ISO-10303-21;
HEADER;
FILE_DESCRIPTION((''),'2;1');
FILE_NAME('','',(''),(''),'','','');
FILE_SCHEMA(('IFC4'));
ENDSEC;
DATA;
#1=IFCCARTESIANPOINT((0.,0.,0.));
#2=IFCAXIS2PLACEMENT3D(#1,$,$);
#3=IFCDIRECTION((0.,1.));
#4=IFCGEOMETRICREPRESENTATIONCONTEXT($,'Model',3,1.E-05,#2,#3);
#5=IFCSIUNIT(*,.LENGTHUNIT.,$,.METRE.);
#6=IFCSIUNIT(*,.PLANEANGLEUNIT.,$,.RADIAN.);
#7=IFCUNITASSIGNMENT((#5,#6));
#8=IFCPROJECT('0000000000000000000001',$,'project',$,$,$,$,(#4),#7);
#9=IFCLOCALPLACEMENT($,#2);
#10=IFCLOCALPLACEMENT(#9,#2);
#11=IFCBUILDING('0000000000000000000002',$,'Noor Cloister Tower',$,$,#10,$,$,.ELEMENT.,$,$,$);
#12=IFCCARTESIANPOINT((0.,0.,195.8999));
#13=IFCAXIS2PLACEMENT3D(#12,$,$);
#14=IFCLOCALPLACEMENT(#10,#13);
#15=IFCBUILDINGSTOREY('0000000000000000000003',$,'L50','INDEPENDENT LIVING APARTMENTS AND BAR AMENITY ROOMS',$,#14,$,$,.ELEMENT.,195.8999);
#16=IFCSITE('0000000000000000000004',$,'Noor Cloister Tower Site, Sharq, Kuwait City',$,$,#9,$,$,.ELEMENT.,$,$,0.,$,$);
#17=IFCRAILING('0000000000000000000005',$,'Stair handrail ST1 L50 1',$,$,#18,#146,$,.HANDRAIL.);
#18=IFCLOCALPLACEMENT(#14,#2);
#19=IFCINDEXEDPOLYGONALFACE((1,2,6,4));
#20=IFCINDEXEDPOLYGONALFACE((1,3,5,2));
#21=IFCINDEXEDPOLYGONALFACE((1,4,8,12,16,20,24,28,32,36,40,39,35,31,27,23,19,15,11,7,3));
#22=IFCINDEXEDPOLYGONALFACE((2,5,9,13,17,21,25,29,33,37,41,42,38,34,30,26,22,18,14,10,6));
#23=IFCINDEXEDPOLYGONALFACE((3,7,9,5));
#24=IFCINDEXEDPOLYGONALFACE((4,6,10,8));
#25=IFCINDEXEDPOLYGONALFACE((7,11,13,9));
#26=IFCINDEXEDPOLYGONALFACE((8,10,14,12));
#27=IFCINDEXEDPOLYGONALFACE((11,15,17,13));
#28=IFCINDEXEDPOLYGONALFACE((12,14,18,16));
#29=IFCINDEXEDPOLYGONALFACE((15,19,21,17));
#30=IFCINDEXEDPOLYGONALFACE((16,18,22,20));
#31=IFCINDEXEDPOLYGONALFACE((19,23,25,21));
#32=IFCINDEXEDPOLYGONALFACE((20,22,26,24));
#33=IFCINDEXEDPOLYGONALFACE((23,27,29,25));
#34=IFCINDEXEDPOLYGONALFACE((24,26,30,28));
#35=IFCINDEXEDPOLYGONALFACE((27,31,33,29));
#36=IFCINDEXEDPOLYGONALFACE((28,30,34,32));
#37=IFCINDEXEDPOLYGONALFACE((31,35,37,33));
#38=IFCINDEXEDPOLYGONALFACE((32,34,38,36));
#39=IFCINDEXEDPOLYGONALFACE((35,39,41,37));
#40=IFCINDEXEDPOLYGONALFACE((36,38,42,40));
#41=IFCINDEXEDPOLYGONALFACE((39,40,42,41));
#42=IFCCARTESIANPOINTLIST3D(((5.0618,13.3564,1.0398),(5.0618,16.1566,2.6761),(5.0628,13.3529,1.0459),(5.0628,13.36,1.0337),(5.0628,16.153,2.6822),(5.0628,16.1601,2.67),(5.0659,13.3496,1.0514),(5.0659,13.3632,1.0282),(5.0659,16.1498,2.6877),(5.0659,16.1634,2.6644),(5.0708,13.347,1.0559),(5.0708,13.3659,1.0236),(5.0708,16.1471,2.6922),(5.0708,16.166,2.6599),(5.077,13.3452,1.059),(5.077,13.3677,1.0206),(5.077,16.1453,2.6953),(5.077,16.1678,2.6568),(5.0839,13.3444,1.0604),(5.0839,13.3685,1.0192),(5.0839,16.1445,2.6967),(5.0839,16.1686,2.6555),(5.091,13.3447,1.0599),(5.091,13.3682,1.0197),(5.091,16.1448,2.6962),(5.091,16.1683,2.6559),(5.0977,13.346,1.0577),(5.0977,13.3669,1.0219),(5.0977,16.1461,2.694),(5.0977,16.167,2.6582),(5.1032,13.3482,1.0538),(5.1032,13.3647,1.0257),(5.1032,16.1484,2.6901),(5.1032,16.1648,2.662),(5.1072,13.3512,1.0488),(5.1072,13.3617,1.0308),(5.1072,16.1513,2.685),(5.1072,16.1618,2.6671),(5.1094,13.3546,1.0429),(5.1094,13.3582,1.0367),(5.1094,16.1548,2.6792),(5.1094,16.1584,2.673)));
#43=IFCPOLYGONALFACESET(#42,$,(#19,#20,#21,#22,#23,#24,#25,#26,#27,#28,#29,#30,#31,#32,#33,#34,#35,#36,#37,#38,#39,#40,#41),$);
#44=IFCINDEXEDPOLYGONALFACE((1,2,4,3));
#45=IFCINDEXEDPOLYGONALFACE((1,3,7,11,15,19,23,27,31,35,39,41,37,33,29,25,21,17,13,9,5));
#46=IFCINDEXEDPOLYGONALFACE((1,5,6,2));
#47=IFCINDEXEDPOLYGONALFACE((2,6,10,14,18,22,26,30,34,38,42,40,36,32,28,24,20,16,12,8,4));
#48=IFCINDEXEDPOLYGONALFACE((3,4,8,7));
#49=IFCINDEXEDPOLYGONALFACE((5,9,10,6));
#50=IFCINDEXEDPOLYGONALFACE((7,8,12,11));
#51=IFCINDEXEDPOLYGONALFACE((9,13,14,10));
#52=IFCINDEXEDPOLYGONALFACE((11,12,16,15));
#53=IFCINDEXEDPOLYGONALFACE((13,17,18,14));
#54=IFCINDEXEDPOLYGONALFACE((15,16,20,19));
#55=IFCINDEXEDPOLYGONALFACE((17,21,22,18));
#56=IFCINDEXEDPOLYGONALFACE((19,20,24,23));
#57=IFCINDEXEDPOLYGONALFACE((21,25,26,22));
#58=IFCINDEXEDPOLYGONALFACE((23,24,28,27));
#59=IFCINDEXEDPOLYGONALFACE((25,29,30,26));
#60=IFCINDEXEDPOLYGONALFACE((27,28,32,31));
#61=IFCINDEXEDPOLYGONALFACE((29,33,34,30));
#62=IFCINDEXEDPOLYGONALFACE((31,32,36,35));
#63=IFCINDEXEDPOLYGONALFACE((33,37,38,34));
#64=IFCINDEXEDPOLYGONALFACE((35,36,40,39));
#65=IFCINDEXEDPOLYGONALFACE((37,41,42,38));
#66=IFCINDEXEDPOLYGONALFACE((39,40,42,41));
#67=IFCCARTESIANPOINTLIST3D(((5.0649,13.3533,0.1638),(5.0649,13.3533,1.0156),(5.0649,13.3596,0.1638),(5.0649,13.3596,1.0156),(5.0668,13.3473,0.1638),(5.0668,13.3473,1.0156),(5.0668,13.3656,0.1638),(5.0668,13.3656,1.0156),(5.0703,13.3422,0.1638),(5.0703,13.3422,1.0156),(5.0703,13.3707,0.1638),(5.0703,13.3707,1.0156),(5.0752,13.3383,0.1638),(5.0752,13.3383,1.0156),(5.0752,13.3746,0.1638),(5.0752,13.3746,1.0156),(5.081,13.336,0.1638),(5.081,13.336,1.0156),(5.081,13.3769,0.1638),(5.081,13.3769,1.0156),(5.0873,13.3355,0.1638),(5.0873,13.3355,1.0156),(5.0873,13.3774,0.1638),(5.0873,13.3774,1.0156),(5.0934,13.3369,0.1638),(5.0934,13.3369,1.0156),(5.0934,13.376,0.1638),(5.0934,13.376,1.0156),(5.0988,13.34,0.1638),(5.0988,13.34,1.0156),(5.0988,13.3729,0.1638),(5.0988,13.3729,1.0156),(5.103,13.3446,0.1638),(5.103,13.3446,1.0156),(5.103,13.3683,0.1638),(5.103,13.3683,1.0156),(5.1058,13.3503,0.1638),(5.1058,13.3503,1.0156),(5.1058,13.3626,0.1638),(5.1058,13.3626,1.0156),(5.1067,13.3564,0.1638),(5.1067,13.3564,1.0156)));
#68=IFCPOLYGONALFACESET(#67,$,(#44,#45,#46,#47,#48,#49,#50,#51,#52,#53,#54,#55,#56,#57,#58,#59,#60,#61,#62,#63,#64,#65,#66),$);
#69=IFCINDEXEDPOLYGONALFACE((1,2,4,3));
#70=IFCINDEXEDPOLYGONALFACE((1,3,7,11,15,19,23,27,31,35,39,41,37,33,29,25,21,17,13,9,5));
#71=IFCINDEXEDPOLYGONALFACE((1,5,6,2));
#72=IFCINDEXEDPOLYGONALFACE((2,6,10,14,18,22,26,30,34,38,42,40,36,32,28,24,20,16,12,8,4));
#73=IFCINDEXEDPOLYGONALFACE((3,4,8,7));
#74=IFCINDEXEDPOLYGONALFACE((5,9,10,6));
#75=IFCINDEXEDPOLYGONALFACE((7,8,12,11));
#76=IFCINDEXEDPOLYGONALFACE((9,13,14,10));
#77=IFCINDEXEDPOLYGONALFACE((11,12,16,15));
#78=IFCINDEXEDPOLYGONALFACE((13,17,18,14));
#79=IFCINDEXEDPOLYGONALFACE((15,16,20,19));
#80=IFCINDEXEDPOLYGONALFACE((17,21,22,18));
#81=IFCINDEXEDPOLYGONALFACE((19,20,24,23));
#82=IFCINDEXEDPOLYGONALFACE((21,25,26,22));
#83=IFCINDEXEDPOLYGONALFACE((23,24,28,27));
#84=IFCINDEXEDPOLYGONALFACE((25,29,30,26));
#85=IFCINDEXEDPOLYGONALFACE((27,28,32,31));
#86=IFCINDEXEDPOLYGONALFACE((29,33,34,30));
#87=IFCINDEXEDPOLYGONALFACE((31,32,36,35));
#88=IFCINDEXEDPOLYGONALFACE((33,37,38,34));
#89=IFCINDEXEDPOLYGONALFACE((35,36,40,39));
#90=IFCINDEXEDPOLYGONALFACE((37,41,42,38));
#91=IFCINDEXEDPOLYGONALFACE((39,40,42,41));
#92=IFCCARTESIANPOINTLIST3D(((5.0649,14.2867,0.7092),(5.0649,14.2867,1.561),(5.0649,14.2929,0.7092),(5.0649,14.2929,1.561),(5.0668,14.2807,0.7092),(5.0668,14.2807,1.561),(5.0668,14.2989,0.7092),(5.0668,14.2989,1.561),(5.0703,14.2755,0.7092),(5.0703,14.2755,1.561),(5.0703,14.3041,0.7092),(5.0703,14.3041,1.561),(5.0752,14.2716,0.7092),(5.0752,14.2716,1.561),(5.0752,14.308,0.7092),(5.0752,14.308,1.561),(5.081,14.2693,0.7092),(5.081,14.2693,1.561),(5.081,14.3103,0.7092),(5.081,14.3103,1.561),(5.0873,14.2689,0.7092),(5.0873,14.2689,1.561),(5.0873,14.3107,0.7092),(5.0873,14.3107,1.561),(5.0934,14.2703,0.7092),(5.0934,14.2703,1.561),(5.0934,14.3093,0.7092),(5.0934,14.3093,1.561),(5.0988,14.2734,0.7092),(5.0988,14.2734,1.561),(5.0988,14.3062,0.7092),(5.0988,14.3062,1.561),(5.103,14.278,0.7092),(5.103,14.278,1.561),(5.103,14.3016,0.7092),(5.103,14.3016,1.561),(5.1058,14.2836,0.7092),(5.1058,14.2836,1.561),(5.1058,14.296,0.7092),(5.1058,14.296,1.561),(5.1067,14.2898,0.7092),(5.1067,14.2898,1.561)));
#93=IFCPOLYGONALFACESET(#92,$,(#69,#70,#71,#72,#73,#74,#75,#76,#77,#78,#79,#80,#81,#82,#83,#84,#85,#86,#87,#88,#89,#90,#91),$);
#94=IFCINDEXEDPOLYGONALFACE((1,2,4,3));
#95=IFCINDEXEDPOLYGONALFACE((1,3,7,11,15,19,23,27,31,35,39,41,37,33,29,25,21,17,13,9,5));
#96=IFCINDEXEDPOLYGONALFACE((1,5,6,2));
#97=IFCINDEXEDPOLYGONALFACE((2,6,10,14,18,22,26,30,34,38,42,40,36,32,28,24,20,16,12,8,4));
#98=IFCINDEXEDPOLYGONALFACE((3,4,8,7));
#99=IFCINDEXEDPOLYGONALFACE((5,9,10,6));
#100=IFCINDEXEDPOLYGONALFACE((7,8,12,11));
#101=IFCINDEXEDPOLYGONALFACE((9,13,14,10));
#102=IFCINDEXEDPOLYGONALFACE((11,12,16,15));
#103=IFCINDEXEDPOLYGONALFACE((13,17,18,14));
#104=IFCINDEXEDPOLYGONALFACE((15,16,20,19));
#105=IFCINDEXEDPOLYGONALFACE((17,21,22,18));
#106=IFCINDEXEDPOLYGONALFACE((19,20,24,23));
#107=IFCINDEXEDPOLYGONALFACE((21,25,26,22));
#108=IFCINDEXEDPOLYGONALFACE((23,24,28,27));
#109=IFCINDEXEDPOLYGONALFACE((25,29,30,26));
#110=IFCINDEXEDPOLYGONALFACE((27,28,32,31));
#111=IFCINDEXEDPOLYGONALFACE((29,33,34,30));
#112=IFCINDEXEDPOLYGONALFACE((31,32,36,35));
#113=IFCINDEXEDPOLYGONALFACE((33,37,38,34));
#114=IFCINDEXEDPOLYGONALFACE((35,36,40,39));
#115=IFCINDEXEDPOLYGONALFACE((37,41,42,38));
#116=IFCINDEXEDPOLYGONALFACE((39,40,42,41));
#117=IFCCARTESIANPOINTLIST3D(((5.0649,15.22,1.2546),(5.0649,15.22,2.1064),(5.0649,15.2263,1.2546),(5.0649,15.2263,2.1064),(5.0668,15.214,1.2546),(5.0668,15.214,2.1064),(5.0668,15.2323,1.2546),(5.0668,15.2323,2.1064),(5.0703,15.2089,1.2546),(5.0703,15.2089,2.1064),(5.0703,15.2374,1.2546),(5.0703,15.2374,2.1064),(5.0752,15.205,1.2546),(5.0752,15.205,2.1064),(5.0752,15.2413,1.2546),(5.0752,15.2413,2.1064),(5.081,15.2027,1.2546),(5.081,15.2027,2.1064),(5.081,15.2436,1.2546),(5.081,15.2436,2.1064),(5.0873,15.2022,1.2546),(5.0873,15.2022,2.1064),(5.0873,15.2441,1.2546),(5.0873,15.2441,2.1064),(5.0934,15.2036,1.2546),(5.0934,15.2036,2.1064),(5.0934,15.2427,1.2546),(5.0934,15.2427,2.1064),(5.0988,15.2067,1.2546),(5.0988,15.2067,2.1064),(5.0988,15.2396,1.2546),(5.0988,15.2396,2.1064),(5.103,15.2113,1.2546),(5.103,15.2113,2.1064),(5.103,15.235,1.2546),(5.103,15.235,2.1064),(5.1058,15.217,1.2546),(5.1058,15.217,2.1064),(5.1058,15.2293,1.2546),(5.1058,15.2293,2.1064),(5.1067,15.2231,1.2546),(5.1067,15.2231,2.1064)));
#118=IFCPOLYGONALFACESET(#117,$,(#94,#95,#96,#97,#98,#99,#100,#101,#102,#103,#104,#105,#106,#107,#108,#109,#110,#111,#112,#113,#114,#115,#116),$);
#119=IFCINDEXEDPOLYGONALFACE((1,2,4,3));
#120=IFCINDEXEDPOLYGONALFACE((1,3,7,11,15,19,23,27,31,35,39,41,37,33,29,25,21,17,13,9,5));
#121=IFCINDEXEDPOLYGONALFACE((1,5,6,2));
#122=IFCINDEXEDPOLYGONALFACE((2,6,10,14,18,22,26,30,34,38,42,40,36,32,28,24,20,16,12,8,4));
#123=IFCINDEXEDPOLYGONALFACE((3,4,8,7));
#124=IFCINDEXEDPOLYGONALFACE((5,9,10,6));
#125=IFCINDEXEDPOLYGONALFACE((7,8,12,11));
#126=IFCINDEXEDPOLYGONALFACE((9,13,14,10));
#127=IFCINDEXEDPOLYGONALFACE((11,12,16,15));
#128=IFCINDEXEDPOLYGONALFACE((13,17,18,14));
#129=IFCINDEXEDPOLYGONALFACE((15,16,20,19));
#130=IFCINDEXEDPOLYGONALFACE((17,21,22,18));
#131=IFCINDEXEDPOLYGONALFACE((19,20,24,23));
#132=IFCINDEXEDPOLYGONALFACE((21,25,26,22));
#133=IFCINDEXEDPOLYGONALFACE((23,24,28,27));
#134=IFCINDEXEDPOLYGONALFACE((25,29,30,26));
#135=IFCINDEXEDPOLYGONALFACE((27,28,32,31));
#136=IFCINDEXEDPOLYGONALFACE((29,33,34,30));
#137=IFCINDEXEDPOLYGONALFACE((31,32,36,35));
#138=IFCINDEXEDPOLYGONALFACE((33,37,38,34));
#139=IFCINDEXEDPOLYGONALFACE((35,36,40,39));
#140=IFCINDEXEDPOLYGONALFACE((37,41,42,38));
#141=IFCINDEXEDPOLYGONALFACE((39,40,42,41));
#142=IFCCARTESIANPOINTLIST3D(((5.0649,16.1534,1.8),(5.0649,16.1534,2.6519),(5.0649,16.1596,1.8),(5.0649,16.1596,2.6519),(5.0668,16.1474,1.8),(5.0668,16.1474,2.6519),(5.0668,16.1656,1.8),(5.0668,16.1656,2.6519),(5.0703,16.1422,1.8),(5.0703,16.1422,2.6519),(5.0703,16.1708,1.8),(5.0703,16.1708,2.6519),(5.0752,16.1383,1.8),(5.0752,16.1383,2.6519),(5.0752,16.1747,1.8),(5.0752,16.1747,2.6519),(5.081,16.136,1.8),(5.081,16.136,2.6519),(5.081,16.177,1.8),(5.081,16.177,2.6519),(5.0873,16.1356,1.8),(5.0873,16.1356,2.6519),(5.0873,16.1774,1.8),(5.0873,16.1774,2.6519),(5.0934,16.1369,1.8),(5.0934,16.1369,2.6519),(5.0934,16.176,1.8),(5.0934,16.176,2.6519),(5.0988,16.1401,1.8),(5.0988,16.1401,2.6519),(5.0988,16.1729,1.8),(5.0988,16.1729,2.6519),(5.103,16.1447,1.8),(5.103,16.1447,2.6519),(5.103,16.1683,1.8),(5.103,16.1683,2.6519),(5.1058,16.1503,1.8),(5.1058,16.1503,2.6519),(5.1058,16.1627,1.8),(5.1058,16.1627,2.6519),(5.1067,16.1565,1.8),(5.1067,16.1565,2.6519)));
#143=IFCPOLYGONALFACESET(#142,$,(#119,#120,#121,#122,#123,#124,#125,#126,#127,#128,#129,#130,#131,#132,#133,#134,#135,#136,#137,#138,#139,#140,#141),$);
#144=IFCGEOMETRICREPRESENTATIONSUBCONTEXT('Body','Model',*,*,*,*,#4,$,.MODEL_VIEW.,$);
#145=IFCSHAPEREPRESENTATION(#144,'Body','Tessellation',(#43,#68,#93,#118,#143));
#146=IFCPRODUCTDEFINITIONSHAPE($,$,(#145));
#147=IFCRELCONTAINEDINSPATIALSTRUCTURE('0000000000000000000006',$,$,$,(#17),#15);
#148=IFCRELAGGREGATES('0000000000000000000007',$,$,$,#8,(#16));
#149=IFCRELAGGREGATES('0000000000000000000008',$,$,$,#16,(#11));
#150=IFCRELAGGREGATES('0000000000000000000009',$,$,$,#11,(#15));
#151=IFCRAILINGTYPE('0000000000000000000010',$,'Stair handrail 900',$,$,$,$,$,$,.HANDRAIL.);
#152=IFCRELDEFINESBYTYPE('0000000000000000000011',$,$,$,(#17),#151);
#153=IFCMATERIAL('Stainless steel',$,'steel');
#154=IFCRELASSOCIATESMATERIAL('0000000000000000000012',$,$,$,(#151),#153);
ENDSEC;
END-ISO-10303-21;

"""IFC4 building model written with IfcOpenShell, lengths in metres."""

from ifc_helpers import new_model, si_unit, direction, frame, origin, origin_2d, place, context, subcontext, project, spatial, circle, extrude, material, type_object, element, save


model = new_model("IFC4")

# Units and contexts
model_context = context("Model", 3, precision=1e-05, world=origin(), true_north=direction((0.0, 1.0)))
body_context = subcontext(model_context, "Body", "Model", "MODEL_VIEW")
ifc_project = project(units=[si_unit("LENGTHUNIT", "METRE"), si_unit("PLANEANGLEUNIT", "RADIAN")], contexts=[model_context])

# Site, building, storey
site_placement = place(None, origin())
site = spatial("IfcSite", under=ifc_project, at=site_placement, Name="Noor Cloister Tower Site, Sharq, Kuwait City", CompositionType="ELEMENT", RefElevation=0.0)
building_placement = place(site_placement, origin())
building = spatial("IfcBuilding", under=site, at=building_placement, Name="Noor Cloister Tower", CompositionType="ELEMENT")
storey_placement = place(building_placement, frame((0.0, 0.0, 195.8999)))
storey = spatial("IfcBuildingStorey", under=building, at=storey_placement, Name="L50", Description="INDEPENDENT LIVING APARTMENTS AND BAR AMENITY ROOMS", CompositionType="ELEMENT", Elevation=195.8999)

# Railing
ifc_material_1 = material(Name="Stainless steel", Category="steel")
railing_type_1 = type_object("IfcRailingType", Name="Stair handrail 900", PredefinedType="HANDRAIL", material=ifc_material_1)
railing_1_placement = place(storey_placement, frame((5.0857, 13.3564, 0.1638)))
element("IfcRailing", 1, at=railing_1_placement, inside=storey, type_object=railing_type_1, Name="Stair handrail ST1 L50 1", PredefinedType="HANDRAIL", context=body_context, shape_type="SweptSolid", body=[
    extrude(circle(Radius=0.0239, at=origin_2d()), frame((0.0, 0.0, 0.876), z_axis=(0.0, 0.863394, 0.504531), x_axis=(-1.0, 0.0, 0.0)), (0.0, 0.0, 1.0), 3.2432),
    extrude(circle(Radius=0.021, at=origin_2d()), origin(), (0.0, 0.0, 1.0), 0.8518),
    extrude(circle(Radius=0.021, at=origin_2d()), frame((0.0, 0.9333, 0.5454)), (0.0, 0.0, 1.0), 0.8518),
    extrude(circle(Radius=0.021, at=origin_2d()), frame((0.0, 1.8667, 1.0908)), (0.0, 0.0, 1.0), 0.8518),
    extrude(circle(Radius=0.021, at=origin_2d()), frame((0.0, 2.8, 1.6362)), (0.0, 0.0, 1.0), 0.8518),
])

save(model, "model.ifc")
